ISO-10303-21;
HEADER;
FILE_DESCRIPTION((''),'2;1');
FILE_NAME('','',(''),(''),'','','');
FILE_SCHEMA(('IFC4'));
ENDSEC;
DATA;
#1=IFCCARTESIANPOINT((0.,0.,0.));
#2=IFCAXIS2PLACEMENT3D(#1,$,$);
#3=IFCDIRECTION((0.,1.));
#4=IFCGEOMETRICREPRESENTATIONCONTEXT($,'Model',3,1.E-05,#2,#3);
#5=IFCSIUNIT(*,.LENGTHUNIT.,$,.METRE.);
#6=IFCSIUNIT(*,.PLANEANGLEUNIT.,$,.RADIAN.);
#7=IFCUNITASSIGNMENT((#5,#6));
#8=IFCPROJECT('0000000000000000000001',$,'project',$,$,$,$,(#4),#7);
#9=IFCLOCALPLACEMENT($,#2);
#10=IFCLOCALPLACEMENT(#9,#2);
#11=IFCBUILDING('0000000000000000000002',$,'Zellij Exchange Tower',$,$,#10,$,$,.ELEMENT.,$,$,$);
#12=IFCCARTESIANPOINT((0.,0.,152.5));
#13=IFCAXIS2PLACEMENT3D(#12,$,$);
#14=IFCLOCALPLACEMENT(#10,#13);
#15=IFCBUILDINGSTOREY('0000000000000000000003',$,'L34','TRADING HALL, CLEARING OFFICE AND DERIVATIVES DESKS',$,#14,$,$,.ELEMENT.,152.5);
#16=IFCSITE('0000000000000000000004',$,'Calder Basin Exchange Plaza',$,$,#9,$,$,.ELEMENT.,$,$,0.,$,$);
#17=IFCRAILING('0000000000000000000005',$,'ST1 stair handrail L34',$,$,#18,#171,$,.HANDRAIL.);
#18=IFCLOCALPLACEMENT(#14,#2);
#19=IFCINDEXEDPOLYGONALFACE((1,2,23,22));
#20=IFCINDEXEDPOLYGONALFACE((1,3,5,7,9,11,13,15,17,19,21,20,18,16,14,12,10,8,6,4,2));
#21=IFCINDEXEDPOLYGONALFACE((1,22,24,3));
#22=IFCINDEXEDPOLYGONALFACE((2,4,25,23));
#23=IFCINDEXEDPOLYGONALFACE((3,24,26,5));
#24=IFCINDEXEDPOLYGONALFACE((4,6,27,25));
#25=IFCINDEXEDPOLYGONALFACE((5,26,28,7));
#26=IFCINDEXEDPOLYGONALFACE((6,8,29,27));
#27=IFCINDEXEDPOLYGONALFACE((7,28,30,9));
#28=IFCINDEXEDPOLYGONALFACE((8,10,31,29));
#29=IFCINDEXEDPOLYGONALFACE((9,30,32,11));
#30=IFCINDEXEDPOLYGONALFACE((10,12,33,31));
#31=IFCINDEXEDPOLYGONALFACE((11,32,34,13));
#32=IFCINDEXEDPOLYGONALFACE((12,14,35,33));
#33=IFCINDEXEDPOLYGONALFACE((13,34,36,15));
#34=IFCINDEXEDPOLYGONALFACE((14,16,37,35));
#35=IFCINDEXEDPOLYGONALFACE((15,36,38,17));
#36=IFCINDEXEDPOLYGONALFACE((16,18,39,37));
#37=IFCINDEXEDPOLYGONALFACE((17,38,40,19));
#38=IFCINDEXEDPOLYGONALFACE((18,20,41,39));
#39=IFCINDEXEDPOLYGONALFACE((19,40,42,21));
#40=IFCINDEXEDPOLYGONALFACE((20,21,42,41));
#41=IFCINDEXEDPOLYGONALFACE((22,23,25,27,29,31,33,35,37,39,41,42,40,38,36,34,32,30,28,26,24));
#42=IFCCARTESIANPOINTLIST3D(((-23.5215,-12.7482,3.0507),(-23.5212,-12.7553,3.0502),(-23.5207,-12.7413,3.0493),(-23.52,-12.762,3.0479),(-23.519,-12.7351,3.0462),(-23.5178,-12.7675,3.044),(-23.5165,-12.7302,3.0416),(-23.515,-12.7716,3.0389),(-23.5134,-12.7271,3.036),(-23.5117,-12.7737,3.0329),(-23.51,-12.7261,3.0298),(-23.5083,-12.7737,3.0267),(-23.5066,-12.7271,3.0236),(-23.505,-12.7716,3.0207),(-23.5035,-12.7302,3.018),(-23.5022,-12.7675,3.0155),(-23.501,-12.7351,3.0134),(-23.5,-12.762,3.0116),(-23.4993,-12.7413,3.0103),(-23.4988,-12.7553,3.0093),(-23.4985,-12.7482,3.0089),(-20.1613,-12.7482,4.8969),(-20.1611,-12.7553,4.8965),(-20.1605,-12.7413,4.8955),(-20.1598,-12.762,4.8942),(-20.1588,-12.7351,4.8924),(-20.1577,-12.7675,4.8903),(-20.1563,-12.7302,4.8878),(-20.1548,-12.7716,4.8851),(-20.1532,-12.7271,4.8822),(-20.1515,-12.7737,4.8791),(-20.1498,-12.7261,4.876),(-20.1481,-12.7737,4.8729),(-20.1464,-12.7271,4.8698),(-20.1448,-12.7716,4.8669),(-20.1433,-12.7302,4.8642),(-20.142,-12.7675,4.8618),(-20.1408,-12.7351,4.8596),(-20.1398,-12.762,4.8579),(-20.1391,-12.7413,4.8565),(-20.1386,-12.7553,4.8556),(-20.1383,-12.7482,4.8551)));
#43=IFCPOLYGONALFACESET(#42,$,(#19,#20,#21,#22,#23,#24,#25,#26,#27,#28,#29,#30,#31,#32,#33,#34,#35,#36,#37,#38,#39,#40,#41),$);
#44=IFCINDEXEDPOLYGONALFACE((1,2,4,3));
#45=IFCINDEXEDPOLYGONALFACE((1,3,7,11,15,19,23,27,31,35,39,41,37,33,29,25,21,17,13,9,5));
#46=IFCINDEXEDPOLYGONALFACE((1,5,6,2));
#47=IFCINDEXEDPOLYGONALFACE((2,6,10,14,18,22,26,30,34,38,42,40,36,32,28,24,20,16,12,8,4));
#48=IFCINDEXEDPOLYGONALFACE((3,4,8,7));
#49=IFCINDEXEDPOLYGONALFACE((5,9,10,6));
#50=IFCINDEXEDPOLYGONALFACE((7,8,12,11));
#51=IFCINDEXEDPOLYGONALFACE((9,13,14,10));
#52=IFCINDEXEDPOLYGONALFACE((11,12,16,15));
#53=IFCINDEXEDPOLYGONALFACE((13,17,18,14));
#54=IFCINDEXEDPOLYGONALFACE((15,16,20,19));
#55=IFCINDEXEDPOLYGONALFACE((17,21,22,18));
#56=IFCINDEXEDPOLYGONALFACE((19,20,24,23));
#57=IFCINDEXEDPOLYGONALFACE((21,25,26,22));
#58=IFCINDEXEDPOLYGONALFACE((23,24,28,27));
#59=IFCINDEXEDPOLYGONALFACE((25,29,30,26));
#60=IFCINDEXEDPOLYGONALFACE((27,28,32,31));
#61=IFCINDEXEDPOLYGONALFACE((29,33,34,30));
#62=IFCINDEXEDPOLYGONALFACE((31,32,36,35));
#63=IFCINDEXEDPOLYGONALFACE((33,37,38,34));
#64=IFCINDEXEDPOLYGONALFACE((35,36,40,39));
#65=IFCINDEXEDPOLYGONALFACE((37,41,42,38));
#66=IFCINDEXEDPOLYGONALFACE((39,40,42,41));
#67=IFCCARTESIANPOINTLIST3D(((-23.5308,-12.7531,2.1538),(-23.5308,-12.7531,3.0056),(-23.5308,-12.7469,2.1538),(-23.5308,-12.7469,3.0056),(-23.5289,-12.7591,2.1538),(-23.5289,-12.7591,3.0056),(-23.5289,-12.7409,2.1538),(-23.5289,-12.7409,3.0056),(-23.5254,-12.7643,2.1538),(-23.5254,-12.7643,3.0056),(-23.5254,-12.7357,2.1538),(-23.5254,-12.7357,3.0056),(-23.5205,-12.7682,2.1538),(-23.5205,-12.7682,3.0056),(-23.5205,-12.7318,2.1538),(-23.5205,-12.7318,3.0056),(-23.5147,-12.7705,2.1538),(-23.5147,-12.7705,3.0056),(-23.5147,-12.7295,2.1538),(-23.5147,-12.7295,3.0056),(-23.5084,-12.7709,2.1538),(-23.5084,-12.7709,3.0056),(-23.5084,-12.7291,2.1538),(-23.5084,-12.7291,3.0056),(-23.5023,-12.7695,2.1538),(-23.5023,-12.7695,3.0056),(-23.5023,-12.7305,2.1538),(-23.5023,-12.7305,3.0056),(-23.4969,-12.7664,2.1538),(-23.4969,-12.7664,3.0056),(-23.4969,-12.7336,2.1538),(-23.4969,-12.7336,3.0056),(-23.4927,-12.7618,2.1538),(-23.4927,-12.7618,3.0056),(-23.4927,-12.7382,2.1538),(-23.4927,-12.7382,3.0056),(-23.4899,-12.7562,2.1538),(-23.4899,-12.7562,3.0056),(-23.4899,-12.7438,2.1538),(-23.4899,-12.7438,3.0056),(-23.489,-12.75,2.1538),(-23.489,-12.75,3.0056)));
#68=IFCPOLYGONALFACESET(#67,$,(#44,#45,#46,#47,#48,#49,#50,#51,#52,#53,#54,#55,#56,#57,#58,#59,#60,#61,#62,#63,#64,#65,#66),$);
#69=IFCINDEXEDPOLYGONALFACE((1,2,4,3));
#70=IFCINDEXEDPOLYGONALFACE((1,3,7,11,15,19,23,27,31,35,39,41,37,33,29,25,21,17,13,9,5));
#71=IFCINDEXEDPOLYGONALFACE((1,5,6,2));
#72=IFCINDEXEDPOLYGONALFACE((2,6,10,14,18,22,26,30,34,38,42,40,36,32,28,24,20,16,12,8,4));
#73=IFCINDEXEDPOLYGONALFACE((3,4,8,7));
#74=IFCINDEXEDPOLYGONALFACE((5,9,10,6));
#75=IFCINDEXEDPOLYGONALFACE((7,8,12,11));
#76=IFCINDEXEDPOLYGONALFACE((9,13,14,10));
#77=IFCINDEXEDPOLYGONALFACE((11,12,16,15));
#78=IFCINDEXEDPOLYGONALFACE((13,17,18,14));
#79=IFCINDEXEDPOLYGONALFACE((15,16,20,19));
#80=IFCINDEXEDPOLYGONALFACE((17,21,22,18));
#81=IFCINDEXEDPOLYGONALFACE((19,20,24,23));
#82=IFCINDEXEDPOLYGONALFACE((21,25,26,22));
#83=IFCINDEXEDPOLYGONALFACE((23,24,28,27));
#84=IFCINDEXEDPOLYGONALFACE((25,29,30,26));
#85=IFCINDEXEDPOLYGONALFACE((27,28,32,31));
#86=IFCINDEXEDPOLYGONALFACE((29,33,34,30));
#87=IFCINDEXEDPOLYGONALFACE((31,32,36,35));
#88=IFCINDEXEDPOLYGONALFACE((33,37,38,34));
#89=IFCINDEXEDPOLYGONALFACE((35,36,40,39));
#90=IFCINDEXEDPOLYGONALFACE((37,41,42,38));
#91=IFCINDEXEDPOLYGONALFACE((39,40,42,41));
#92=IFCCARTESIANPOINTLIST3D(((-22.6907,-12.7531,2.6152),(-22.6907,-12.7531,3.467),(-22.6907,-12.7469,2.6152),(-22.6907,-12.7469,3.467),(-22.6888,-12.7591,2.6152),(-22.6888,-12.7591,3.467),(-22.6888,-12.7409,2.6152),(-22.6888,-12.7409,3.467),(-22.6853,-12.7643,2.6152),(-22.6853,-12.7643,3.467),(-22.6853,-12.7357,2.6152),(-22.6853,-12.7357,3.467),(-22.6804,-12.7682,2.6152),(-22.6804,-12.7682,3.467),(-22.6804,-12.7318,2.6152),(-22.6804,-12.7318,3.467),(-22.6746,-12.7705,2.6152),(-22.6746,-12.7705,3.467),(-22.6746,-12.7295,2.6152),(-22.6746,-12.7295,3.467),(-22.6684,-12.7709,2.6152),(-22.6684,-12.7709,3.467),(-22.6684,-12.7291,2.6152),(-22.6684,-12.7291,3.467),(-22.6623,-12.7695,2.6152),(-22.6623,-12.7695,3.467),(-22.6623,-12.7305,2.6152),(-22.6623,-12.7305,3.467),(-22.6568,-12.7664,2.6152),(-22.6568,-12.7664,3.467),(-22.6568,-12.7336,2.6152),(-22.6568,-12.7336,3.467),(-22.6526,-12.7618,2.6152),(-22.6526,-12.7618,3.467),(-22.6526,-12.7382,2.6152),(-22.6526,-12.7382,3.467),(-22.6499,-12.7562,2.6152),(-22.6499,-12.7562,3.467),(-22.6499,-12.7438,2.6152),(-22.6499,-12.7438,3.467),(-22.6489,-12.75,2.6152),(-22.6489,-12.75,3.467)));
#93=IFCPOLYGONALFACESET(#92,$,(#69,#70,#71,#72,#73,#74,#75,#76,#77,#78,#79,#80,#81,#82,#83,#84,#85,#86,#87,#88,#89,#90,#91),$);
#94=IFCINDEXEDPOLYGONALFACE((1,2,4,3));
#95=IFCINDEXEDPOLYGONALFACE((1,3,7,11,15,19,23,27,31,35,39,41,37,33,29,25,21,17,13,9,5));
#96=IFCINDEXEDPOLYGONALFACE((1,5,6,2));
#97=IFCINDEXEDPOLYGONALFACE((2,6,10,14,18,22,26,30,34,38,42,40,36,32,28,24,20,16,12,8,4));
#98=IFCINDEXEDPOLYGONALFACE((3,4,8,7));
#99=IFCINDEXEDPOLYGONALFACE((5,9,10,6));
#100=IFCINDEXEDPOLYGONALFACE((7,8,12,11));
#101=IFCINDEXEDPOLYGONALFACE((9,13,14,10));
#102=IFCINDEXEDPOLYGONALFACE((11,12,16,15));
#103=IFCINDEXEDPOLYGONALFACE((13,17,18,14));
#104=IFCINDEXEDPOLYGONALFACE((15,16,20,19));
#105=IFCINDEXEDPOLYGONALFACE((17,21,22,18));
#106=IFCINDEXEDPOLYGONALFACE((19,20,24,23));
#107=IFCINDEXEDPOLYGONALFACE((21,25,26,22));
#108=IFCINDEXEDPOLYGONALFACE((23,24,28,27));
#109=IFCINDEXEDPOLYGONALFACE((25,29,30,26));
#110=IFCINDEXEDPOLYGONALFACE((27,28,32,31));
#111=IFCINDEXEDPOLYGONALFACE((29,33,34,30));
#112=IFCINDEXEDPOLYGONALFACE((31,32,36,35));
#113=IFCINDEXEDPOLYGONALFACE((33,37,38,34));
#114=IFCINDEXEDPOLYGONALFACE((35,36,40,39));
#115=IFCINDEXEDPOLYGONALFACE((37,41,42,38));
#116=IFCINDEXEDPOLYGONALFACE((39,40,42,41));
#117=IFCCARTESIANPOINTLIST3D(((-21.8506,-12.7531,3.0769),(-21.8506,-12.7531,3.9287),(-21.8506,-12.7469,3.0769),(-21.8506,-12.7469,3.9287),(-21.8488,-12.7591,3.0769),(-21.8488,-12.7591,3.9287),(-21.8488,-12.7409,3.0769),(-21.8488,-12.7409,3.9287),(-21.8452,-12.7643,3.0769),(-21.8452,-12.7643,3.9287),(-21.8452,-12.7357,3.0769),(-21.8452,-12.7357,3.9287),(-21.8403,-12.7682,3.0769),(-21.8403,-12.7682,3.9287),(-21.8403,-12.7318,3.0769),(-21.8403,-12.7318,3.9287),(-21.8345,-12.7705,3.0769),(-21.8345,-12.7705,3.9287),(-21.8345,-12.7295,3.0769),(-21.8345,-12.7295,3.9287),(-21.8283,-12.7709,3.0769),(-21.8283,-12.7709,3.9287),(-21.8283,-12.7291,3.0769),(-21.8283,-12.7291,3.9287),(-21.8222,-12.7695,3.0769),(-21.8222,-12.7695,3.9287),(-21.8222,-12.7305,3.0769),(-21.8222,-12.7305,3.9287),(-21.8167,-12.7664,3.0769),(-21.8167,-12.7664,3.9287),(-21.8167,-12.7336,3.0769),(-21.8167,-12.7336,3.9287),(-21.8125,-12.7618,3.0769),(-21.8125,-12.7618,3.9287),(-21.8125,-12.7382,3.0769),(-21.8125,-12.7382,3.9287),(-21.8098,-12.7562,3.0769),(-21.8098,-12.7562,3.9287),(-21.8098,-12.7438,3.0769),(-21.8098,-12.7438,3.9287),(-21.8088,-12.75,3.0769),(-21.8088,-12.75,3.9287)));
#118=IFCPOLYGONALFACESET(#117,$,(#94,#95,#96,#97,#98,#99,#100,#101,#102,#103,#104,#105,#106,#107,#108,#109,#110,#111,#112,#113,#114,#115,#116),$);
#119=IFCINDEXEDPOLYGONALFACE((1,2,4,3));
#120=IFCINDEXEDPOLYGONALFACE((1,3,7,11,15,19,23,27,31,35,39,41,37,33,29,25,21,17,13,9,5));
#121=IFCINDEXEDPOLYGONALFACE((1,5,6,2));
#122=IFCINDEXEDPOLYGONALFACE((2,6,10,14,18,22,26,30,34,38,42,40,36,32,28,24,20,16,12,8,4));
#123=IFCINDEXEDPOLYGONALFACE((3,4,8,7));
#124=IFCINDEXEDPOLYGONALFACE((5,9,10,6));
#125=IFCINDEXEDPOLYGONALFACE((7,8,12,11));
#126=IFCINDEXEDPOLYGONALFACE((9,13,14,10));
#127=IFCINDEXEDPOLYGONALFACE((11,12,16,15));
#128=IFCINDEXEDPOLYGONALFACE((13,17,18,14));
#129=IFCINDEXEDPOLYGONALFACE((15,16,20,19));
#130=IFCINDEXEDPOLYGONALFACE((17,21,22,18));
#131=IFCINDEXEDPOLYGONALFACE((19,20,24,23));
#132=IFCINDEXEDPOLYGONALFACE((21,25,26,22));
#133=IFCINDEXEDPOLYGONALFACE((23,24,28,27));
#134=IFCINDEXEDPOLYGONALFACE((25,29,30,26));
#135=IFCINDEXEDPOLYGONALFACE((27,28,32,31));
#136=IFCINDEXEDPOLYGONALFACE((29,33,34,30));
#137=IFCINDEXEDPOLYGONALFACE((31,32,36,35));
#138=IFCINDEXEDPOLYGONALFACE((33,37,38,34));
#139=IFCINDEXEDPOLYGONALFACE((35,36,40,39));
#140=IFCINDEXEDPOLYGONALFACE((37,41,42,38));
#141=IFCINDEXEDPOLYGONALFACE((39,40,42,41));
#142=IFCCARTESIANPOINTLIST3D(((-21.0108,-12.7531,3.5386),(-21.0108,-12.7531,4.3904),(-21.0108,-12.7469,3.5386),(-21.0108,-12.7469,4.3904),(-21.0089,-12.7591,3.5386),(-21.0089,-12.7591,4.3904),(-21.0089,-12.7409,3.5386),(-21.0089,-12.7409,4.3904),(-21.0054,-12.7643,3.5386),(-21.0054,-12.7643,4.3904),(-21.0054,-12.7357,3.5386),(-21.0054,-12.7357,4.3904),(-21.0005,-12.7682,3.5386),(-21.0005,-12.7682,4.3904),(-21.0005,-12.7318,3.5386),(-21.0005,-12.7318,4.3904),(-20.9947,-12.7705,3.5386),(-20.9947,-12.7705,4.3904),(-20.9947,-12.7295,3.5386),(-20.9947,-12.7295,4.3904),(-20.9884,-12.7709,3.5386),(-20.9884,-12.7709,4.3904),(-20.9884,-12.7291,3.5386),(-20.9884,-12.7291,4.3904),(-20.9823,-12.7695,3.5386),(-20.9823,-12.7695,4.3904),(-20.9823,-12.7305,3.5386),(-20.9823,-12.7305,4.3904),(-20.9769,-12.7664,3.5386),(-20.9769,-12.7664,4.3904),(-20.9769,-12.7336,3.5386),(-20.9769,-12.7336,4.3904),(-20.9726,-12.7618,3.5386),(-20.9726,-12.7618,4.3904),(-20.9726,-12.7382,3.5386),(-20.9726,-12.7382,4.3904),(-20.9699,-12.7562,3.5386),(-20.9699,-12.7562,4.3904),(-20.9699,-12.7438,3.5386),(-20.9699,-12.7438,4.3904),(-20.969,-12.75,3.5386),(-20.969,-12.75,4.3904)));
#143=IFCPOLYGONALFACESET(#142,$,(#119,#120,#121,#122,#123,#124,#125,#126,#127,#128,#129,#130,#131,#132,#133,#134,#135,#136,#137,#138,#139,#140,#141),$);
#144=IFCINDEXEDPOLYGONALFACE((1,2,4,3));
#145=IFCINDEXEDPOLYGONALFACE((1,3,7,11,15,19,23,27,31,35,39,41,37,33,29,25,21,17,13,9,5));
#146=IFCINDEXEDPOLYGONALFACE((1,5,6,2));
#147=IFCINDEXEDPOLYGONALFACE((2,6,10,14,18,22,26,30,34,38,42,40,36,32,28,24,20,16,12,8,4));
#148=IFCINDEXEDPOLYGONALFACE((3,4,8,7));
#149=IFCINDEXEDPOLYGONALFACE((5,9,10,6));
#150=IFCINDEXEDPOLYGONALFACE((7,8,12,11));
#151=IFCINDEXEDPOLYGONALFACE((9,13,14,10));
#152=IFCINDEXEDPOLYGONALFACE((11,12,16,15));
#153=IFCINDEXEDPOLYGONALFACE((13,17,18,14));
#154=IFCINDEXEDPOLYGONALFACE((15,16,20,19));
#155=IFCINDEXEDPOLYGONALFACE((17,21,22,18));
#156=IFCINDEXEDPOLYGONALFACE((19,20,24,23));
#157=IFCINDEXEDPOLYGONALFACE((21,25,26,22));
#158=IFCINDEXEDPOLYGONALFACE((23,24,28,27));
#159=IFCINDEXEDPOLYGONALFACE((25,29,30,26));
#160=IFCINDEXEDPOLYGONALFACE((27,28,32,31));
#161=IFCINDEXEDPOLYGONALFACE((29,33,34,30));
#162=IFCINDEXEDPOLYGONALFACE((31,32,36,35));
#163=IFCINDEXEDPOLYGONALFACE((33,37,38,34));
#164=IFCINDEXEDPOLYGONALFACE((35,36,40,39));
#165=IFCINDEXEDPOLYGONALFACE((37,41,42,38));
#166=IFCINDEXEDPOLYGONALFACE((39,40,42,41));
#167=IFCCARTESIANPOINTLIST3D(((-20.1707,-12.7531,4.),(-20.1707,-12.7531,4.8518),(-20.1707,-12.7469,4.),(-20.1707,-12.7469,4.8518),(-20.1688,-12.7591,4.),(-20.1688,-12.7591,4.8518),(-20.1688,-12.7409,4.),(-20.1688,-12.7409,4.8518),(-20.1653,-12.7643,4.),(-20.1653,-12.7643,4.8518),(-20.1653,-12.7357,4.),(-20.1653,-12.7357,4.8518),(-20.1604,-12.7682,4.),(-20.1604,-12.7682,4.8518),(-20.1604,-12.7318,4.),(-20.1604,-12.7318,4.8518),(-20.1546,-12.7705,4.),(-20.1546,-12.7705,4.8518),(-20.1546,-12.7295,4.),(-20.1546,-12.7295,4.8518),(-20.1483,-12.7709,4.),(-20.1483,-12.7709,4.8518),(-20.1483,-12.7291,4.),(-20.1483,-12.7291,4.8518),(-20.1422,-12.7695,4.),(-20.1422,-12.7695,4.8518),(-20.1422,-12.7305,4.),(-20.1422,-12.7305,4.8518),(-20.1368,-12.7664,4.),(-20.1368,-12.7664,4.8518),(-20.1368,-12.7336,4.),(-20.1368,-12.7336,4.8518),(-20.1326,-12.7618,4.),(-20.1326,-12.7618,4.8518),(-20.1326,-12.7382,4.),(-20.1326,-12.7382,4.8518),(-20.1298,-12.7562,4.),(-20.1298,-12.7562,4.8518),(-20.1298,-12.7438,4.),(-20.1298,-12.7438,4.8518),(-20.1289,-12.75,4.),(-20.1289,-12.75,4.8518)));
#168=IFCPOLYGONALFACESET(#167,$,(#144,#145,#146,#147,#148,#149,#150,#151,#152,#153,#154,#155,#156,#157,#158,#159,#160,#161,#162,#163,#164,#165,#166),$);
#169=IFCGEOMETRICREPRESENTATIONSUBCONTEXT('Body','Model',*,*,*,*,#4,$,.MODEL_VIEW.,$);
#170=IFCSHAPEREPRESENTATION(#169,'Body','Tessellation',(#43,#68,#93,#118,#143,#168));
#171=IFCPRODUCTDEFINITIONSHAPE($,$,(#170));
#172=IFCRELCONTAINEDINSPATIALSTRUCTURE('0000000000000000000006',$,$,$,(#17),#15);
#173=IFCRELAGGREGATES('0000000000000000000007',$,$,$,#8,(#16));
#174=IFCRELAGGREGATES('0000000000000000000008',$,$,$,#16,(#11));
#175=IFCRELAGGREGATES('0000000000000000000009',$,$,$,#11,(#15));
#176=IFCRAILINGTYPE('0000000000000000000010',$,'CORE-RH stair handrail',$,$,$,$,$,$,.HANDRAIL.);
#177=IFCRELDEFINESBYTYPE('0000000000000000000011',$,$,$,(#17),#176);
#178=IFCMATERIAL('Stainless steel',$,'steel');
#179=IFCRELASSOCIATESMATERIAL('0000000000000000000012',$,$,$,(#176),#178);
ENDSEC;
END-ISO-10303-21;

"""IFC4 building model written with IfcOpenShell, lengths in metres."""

from ifc_helpers import new_model, si_unit, direction, frame, origin, origin_2d, place, context, subcontext, project, spatial, circle, extrude, material, type_object, element, save


model = new_model("IFC4")

# Units and contexts
model_context = context("Model", 3, precision=1e-05, world=origin(), true_north=direction((0.0, 1.0)))
body_context = subcontext(model_context, "Body", "Model", "MODEL_VIEW")
ifc_project = project(units=[si_unit("LENGTHUNIT", "METRE"), si_unit("PLANEANGLEUNIT", "RADIAN")], contexts=[model_context])

# Site, building, storey
site_placement = place(None, origin())
site = spatial("IfcSite", under=ifc_project, at=site_placement, Name="Calder Basin Exchange Plaza", CompositionType="ELEMENT", RefElevation=0.0)
building_placement = place(site_placement, origin())
building = spatial("IfcBuilding", under=site, at=building_placement, Name="Zellij Exchange Tower", CompositionType="ELEMENT")
storey_placement = place(building_placement, frame((0.0, 0.0, 152.5)))
storey = spatial("IfcBuildingStorey", under=building, at=storey_placement, Name="L34", Description="TRADING HALL, CLEARING OFFICE AND DERIVATIVES DESKS", CompositionType="ELEMENT", Elevation=152.5)

# Railing
ifc_material_1 = material(Name="Stainless steel", Category="steel")
railing_type = type_object("IfcRailingType", Name="CORE-RH stair handrail", PredefinedType="HANDRAIL", material=ifc_material_1)
railing_placement = place(storey_placement, frame((-23.51, -12.75, 2.1538)))
element("IfcRailing", 1, at=railing_placement, inside=storey, type_object=railing_type, Name="ST1 stair handrail L34", PredefinedType="HANDRAIL", context=body_context, shape_type="SweptSolid", body=[
    extrude(circle(Radius=0.0239, at=origin_2d()), frame((0.0, 0.0, 0.876), z_axis=(0.876422, 0.0, 0.481545), x_axis=(0.0, 1.0, 0.0)), (0.0, 0.0, 1.0), 3.834),
    extrude(circle(Radius=0.021, at=origin_2d()), origin(), (0.0, 0.0, 1.0), 0.8518),
    extrude(circle(Radius=0.021, at=origin_2d()), frame((0.8401, 0.0, 0.4614)), (0.0, 0.0, 1.0), 0.8518),
    extrude(circle(Radius=0.021, at=origin_2d()), frame((1.6802, 0.0, 0.9231)), (0.0, 0.0, 1.0), 0.8518),
    extrude(circle(Radius=0.021, at=origin_2d()), frame((2.52, 0.0, 1.3848)), (0.0, 0.0, 1.0), 0.8518),
    extrude(circle(Radius=0.021, at=origin_2d()), frame((3.3601, 0.0, 1.8462)), (0.0, 0.0, 1.0), 0.8518),
])

save(model, "model.ifc")
